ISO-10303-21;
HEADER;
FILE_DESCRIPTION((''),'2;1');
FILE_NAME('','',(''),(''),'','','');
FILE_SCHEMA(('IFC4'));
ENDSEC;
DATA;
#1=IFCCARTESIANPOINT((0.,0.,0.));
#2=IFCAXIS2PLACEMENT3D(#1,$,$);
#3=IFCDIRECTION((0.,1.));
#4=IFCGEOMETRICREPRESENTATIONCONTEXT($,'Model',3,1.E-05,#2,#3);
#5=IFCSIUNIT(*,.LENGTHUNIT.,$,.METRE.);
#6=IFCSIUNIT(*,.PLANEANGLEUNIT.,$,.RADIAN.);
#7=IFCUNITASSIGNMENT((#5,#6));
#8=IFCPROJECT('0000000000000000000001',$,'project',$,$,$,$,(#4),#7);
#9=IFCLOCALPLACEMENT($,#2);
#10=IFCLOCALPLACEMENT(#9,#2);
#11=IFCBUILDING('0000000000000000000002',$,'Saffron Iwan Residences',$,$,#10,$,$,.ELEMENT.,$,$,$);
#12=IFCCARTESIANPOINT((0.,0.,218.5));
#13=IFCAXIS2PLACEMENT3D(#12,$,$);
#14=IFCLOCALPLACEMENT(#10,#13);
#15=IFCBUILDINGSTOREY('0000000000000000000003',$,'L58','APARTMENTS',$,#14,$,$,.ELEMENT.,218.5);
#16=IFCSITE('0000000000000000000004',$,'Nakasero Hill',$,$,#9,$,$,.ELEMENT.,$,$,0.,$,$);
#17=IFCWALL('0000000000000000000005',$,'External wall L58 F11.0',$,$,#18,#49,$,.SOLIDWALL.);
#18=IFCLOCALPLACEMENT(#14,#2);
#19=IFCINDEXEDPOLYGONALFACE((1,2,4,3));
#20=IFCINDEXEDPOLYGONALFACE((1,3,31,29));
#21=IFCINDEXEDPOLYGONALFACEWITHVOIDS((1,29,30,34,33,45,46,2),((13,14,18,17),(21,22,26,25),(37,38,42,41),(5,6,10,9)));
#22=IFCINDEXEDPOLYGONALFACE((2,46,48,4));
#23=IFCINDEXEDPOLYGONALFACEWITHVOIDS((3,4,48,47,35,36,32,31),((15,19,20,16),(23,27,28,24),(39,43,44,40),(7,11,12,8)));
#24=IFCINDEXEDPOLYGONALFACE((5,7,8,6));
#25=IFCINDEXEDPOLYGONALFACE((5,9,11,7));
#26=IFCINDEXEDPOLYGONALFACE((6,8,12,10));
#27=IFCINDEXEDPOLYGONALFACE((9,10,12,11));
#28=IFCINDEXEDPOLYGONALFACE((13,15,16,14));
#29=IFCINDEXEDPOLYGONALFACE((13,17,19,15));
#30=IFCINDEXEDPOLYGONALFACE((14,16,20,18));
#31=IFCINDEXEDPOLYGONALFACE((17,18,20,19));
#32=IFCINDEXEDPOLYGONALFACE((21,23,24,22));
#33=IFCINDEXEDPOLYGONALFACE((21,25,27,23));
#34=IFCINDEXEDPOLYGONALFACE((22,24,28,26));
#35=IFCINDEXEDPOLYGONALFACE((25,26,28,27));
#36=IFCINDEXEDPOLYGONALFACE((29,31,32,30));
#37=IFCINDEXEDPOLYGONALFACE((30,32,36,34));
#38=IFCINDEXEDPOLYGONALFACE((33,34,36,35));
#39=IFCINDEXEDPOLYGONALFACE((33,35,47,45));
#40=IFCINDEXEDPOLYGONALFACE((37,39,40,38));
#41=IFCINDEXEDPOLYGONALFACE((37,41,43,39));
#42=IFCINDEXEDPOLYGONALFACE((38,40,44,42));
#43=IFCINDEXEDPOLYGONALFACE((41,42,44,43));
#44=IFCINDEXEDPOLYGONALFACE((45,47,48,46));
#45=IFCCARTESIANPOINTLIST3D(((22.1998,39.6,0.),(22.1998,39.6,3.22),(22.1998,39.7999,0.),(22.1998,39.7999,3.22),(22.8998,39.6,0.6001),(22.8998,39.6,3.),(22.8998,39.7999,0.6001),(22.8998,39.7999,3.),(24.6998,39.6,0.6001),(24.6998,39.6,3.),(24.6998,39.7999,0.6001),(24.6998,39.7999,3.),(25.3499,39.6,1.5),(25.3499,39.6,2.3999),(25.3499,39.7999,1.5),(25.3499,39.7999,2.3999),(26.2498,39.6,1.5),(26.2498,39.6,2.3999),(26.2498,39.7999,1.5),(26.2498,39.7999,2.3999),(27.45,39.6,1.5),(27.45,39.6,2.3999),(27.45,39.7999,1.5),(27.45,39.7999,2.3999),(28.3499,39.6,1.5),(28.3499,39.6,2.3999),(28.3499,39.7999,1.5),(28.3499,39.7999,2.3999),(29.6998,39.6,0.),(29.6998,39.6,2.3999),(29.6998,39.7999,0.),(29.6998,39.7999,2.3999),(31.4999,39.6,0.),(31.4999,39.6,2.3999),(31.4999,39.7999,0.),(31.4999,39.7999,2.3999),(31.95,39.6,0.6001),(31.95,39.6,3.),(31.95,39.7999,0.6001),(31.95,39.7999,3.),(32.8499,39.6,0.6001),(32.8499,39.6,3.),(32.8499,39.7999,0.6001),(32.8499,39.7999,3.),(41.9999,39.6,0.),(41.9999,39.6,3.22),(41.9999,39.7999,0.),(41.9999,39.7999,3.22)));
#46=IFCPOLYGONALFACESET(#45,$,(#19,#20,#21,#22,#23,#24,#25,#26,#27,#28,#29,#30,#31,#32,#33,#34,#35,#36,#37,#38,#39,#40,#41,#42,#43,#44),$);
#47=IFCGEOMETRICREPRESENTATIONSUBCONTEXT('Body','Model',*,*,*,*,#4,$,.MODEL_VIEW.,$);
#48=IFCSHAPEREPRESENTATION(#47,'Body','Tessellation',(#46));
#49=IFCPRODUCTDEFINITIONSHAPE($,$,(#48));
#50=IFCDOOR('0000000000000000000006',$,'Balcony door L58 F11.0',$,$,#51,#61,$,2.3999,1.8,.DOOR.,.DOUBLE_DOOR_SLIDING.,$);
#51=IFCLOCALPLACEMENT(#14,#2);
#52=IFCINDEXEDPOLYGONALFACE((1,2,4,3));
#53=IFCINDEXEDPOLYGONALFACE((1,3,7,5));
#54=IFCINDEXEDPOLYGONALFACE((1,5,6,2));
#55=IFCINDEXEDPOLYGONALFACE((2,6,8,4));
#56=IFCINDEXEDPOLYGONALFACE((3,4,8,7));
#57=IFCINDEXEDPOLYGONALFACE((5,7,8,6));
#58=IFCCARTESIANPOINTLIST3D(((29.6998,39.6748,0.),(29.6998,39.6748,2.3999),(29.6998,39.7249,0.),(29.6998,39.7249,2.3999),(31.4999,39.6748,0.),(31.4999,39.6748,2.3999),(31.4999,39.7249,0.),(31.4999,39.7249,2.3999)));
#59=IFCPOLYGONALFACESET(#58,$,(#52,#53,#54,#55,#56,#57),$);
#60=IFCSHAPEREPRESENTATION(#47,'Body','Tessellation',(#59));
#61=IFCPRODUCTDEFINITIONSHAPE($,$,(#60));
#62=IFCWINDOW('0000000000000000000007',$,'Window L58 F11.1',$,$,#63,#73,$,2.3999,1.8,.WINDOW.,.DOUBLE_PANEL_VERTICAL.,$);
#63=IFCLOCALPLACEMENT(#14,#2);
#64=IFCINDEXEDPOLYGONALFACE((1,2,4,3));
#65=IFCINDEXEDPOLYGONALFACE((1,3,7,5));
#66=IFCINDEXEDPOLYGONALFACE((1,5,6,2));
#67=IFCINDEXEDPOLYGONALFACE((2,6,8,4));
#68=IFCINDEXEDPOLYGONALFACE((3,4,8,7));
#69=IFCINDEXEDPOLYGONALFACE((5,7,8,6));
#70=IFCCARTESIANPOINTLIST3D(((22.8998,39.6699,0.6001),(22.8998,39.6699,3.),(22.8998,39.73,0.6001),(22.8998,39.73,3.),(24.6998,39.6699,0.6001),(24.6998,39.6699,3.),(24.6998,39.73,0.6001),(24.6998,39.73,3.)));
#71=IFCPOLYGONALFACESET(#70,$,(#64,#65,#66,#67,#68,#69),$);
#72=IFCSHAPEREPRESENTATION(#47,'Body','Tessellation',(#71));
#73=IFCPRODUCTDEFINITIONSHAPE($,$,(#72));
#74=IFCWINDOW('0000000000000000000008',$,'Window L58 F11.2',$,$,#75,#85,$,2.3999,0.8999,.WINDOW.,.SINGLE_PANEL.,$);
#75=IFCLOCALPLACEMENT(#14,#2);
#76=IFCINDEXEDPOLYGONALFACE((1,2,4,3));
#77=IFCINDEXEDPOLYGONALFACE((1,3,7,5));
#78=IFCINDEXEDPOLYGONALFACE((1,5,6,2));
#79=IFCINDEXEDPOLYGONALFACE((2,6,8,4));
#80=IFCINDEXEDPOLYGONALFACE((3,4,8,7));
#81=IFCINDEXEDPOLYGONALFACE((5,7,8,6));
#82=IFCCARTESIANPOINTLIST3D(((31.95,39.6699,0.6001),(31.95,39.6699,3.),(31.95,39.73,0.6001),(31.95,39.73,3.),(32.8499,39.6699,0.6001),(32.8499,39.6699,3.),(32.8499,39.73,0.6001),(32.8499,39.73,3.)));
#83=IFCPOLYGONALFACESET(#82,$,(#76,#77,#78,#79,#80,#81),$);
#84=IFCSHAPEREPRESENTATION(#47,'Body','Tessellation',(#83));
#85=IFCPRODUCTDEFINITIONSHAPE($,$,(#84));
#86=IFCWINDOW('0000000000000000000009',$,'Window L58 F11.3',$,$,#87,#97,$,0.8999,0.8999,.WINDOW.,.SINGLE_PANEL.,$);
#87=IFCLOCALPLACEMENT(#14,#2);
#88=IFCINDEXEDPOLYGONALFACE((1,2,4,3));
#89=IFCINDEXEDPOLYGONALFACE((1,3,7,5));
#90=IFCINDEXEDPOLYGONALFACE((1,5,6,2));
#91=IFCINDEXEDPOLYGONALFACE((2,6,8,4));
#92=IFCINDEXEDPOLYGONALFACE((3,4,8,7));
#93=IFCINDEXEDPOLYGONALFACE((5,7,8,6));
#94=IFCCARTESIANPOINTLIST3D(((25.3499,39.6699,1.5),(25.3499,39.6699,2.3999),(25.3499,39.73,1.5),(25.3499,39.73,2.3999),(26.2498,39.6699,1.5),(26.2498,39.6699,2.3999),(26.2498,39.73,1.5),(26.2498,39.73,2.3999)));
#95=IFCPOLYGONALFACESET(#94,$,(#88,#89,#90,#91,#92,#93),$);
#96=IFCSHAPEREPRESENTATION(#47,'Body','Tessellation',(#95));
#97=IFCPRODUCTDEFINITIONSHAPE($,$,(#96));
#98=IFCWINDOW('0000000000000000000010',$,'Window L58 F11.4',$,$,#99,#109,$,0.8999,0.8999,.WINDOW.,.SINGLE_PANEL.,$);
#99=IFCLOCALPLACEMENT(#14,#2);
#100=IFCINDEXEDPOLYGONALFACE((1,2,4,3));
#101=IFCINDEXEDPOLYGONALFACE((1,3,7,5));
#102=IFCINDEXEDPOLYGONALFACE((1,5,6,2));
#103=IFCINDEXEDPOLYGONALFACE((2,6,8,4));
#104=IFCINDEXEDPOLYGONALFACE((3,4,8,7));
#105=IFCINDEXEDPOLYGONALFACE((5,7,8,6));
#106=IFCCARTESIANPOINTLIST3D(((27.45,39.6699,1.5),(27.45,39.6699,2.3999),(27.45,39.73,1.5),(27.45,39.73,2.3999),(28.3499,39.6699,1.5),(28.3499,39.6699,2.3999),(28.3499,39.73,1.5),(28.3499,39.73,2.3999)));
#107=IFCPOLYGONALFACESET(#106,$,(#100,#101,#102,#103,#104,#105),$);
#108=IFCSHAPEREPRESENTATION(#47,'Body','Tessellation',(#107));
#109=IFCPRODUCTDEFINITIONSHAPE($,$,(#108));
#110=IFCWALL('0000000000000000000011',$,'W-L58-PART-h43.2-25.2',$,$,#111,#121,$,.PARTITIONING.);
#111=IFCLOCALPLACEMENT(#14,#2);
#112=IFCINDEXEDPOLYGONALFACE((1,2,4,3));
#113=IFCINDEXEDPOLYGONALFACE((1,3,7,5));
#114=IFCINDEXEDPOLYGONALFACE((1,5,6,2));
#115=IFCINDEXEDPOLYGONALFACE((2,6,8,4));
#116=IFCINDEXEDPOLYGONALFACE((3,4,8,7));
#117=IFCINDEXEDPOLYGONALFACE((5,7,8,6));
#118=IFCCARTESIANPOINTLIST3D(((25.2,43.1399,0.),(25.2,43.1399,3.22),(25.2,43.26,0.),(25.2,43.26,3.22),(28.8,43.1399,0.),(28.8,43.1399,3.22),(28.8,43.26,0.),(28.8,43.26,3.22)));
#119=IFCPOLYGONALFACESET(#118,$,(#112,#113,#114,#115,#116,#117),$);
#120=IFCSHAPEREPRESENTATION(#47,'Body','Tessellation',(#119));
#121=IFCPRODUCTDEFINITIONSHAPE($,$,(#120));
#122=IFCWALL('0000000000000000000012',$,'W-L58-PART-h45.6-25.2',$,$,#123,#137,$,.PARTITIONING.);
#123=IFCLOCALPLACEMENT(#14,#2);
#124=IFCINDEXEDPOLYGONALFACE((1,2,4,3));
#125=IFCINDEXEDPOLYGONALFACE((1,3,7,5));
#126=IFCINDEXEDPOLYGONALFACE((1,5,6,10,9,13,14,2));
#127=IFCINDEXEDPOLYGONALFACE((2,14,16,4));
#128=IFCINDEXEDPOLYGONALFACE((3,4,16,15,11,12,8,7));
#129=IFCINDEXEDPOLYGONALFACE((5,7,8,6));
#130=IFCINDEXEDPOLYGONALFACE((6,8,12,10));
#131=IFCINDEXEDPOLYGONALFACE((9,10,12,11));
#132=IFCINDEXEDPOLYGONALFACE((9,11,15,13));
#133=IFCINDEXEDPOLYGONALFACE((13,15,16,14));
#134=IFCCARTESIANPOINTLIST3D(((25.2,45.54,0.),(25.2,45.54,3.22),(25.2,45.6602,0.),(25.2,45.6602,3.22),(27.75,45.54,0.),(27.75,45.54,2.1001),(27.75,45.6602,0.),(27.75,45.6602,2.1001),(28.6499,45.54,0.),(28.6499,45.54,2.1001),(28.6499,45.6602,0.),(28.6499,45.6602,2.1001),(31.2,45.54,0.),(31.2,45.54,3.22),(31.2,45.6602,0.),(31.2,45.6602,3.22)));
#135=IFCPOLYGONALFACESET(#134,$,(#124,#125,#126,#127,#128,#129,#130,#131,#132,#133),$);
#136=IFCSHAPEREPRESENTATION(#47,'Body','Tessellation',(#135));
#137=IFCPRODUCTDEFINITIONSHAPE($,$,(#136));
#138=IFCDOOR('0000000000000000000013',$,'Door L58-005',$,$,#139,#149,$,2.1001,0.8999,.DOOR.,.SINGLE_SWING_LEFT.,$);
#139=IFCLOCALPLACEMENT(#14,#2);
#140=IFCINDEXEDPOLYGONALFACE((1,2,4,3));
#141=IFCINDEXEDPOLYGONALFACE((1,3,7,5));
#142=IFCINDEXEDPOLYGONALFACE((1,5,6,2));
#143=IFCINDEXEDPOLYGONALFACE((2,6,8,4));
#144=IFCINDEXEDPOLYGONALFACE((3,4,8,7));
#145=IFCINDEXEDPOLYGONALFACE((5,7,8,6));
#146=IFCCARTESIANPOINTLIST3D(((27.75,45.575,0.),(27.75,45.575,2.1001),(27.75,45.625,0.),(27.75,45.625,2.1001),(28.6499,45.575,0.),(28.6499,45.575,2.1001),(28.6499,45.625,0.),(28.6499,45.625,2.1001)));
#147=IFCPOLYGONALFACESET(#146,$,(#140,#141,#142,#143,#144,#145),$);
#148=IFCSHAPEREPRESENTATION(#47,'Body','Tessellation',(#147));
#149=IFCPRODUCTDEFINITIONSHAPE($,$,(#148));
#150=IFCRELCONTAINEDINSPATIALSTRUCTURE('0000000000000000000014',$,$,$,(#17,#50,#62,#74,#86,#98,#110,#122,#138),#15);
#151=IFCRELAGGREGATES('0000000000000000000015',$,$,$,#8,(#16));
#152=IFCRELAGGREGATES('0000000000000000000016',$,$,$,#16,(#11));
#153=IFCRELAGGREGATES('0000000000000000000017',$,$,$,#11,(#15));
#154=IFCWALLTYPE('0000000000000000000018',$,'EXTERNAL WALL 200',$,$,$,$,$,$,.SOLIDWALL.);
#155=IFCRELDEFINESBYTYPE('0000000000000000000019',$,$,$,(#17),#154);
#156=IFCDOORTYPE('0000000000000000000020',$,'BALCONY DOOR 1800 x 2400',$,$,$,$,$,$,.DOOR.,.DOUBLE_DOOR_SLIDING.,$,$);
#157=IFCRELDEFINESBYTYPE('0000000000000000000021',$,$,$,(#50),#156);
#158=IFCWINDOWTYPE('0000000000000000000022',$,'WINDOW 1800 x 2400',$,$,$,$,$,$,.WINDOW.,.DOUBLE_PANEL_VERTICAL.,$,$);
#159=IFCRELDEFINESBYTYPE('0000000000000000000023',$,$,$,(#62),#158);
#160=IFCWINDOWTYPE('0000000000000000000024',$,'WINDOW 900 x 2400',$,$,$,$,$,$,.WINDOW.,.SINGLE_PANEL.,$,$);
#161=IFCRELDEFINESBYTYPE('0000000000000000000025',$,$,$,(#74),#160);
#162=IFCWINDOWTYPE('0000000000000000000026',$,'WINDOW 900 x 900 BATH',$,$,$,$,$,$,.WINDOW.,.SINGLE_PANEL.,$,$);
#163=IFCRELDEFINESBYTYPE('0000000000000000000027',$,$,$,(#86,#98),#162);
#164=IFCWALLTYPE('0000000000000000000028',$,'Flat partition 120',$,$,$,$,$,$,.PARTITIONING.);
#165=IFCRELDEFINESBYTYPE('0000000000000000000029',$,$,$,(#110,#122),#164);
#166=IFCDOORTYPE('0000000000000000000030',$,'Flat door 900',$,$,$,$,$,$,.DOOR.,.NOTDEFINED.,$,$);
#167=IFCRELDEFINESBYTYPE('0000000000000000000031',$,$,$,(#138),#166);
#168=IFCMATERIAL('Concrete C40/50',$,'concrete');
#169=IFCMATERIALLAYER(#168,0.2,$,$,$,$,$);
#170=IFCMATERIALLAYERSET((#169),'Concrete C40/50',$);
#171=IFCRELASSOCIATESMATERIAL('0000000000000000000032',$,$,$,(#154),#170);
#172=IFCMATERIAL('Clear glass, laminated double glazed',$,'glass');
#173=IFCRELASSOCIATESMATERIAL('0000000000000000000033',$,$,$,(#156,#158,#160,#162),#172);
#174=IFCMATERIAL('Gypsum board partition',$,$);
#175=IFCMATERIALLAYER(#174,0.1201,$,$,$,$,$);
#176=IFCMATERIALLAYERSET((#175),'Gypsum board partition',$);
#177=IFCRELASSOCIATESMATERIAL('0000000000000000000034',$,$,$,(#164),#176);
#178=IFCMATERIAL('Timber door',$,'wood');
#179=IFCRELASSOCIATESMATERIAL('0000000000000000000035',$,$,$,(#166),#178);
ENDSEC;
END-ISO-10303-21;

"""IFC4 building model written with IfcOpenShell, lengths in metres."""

from ifc_helpers import new_model, si_unit, direction, frame, frame_2d, origin, place, context, subcontext, project, spatial, rectangle, extrude, material, layer, layer_set, type_object, element, fill, save


model = new_model("IFC4")

# Units and contexts
model_context = context("Model", 3, precision=1e-05, world=origin(), true_north=direction((0.0, 1.0)))
body_context = subcontext(model_context, "Body", "Model", "MODEL_VIEW")
ifc_project = project(units=[si_unit("LENGTHUNIT", "METRE"), si_unit("PLANEANGLEUNIT", "RADIAN")], contexts=[model_context])

# Site, building, storey
site_placement = place(None, origin())
site = spatial("IfcSite", under=ifc_project, at=site_placement, Name="Nakasero Hill", CompositionType="ELEMENT", RefElevation=0.0)
building_placement = place(site_placement, origin())
building = spatial("IfcBuilding", under=site, at=building_placement, Name="Saffron Iwan Residences", CompositionType="ELEMENT")
storey_placement = place(building_placement, frame((0.0, 0.0, 218.5)))
storey = spatial("IfcBuildingStorey", under=building, at=storey_placement, Name="L58", Description="APARTMENTS", CompositionType="ELEMENT", Elevation=218.5)

# Shared definitions
ifc_material_1 = material(Name="Concrete C40/50", Category="concrete")

# Shared definitions
ifc_layer_1 = layer(ifc_material_1, 0.2)
ifc_layer_set_1 = layer_set([ifc_layer_1], Name="Concrete C40/50")
wall_type_1 = type_object("IfcWallType", Name="EXTERNAL WALL 200", PredefinedType="SOLIDWALL", material=ifc_layer_set_1)
ifc_material_2 = material(Name="Clear glass, laminated double glazed", Category="glass")

# Wall, openings, door, windows
wall_1_placement = place(storey_placement, frame((22.2, 39.7, 0.0), z_axis=(0.0, 0.0, 1.0), x_axis=(1.0, 0.0, 0.0)))
wall_1 = element("IfcWall", 1, at=wall_1_placement, inside=storey, type_object=wall_type_1, Name="External wall L58 F11.0", PredefinedType="SOLIDWALL", context=body_context, shape_type="SweptSolid", body=[
    extrude(rectangle(XDim=19.8, YDim=0.2, at=frame_2d((9.8999, 0.0))), origin(), (0.0, 0.0, 1.0), 3.22),
])
opening_1_placement = place(wall_1_placement, frame((7.5, 0.0, 0.0)))
opening_1 = element("IfcOpeningElement", 2, at=opening_1_placement, cuts=wall_1, PredefinedType="OPENING", context=body_context, shape_type="SweptSolid", body=[
    extrude(rectangle(XDim=1.8, YDim=2.3999, at=frame_2d((0.8999, 1.2))), frame((0.0, 0.1099, 0.0), z_axis=(0.0, -1.0, 0.0), x_axis=(1.0, 0.0, 0.0)), (0.0, 0.0, 1.0), 0.22),
])
opening_2_placement = place(wall_1_placement, frame((0.7, 0.0, 0.6001)))
opening_2 = element("IfcOpeningElement", 3, at=opening_2_placement, cuts=wall_1, PredefinedType="OPENING", context=body_context, shape_type="SweptSolid", body=[
    extrude(rectangle(XDim=1.8, YDim=2.3999, at=frame_2d((0.8999, 1.2))), frame((0.0, 0.1099, 0.0), z_axis=(0.0, -1.0, 0.0), x_axis=(1.0, 0.0, 0.0)), (0.0, 0.0, 1.0), 0.22),
])
opening_3_placement = place(wall_1_placement, frame((9.75, 0.0, 0.6001)))
opening_3 = element("IfcOpeningElement", 4, at=opening_3_placement, cuts=wall_1, PredefinedType="OPENING", context=body_context, shape_type="SweptSolid", body=[
    extrude(rectangle(XDim=0.8999, YDim=2.3999, at=frame_2d((0.45, 1.2))), frame((0.0, 0.1099, 0.0), z_axis=(0.0, -1.0, 0.0), x_axis=(1.0, 0.0, 0.0)), (0.0, 0.0, 1.0), 0.22),
])
opening_4_placement = place(wall_1_placement, frame((3.1499, 0.0, 1.5)))
opening_4 = element("IfcOpeningElement", 5, at=opening_4_placement, cuts=wall_1, PredefinedType="OPENING", context=body_context, shape_type="SweptSolid", body=[
    extrude(rectangle(XDim=0.8999, YDim=0.8999, at=frame_2d((0.45, 0.45))), frame((0.0, 0.1099, 0.0), z_axis=(0.0, -1.0, 0.0), x_axis=(1.0, 0.0, 0.0)), (0.0, 0.0, 1.0), 0.22),
])
opening_5_placement = place(wall_1_placement, frame((5.25, 0.0, 1.5)))
opening_5 = element("IfcOpeningElement", 6, at=opening_5_placement, cuts=wall_1, PredefinedType="OPENING", context=body_context, shape_type="SweptSolid", body=[
    extrude(rectangle(XDim=0.8999, YDim=0.8999, at=frame_2d((0.45, 0.45))), frame((0.0, 0.1099, 0.0), z_axis=(0.0, -1.0, 0.0), x_axis=(1.0, 0.0, 0.0)), (0.0, 0.0, 1.0), 0.22),
])
door_type_1 = type_object("IfcDoorType", Name="BALCONY DOOR 1800 x 2400", OperationType="DOUBLE_DOOR_SLIDING", PredefinedType="DOOR", material=ifc_material_2)
door_1_placement = place(opening_1_placement, origin())
door_1 = element("IfcDoor", 7, at=door_1_placement, inside=storey, type_object=door_type_1, Name="Balcony door L58 F11.0", OperationType="DOUBLE_DOOR_SLIDING", OverallHeight=2.3999, OverallWidth=1.8, PredefinedType="DOOR", context=body_context, shape_type="SweptSolid", body=[
    extrude(rectangle(XDim=1.8, YDim=2.3999, at=frame_2d((0.8999, 1.2))), frame((0.0, 0.0249, 0.0), z_axis=(0.0, -1.0, 0.0), x_axis=(1.0, 0.0, 0.0)), (0.0, 0.0, 1.0), 0.05),
])
fill(opening_1, door_1)
window_type_1 = type_object("IfcWindowType", Name="WINDOW 1800 x 2400", PartitioningType="DOUBLE_PANEL_VERTICAL", PredefinedType="WINDOW", material=ifc_material_2)
window_1_placement = place(opening_2_placement, origin())
window_1 = element("IfcWindow", 8, at=window_1_placement, inside=storey, type_object=window_type_1, Name="Window L58 F11.1", OverallHeight=2.3999, OverallWidth=1.8, PartitioningType="DOUBLE_PANEL_VERTICAL", PredefinedType="WINDOW", context=body_context, shape_type="SweptSolid", body=[
    extrude(rectangle(XDim=1.8, YDim=2.3999, at=frame_2d((0.8999, 1.2))), frame((0.0, 0.03, 0.0), z_axis=(0.0, -1.0, 0.0), x_axis=(1.0, 0.0, 0.0)), (0.0, 0.0, 1.0), 0.0601),
])
fill(opening_2, window_1)
window_type_2 = type_object("IfcWindowType", Name="WINDOW 900 x 2400", PartitioningType="SINGLE_PANEL", PredefinedType="WINDOW", material=ifc_material_2)
window_2_placement = place(opening_3_placement, origin())
window_2 = element("IfcWindow", 9, at=window_2_placement, inside=storey, type_object=window_type_2, Name="Window L58 F11.2", OverallHeight=2.3999, OverallWidth=0.8999, PartitioningType="SINGLE_PANEL", PredefinedType="WINDOW", context=body_context, shape_type="SweptSolid", body=[
    extrude(rectangle(XDim=0.8999, YDim=2.3999, at=frame_2d((0.45, 1.2))), frame((0.0, 0.03, 0.0), z_axis=(0.0, -1.0, 0.0), x_axis=(1.0, 0.0, 0.0)), (0.0, 0.0, 1.0), 0.0601),
])
fill(opening_3, window_2)
window_type_3 = type_object("IfcWindowType", Name="WINDOW 900 x 900 BATH", PartitioningType="SINGLE_PANEL", PredefinedType="WINDOW", material=ifc_material_2)
window_3_placement = place(opening_4_placement, origin())
window_3 = element("IfcWindow", 10, at=window_3_placement, inside=storey, type_object=window_type_3, Name="Window L58 F11.3", OverallHeight=0.8999, OverallWidth=0.8999, PartitioningType="SINGLE_PANEL", PredefinedType="WINDOW", context=body_context, shape_type="SweptSolid", body=[
    extrude(rectangle(XDim=0.8999, YDim=0.8999, at=frame_2d((0.45, 0.45))), frame((0.0, 0.03, 0.0), z_axis=(0.0, -1.0, 0.0), x_axis=(1.0, 0.0, 0.0)), (0.0, 0.0, 1.0), 0.0601),
])
fill(opening_4, window_3)
window_4_placement = place(opening_5_placement, origin())
window_4 = element("IfcWindow", 11, at=window_4_placement, inside=storey, type_object=window_type_3, Name="Window L58 F11.4", OverallHeight=0.8999, OverallWidth=0.8999, PartitioningType="SINGLE_PANEL", PredefinedType="WINDOW", context=body_context, shape_type="SweptSolid", body=[
    extrude(rectangle(XDim=0.8999, YDim=0.8999, at=frame_2d((0.45, 0.45))), frame((0.0, 0.03, 0.0), z_axis=(0.0, -1.0, 0.0), x_axis=(1.0, 0.0, 0.0)), (0.0, 0.0, 1.0), 0.0601),
])
fill(opening_5, window_4)

# Wall
ifc_material_3 = material(Name="Gypsum board partition")
ifc_layer_2 = layer(ifc_material_3, 0.1201)
ifc_layer_set_2 = layer_set([ifc_layer_2], Name="Gypsum board partition")
wall_type_2 = type_object("IfcWallType", Name="Flat partition 120", PredefinedType="PARTITIONING", material=ifc_layer_set_2)
wall_2_placement = place(storey_placement, frame((25.2, 43.2, 0.0), z_axis=(0.0, 0.0, 1.0), x_axis=(1.0, 0.0, 0.0)))
element("IfcWall", 12, at=wall_2_placement, inside=storey, type_object=wall_type_2, Name="W-L58-PART-h43.2-25.2", PredefinedType="PARTITIONING", context=body_context, shape_type="SweptSolid", body=[
    extrude(rectangle(XDim=3.6001, YDim=0.1201, at=frame_2d((1.8, 0.0))), origin(), (0.0, 0.0, 1.0), 3.22),
])

# Wall, opening, door
wall_3_placement = place(storey_placement, frame((25.2, 45.6001, 0.0), z_axis=(0.0, 0.0, 1.0), x_axis=(1.0, 0.0, 0.0)))
wall_3 = element("IfcWall", 13, at=wall_3_placement, inside=storey, type_object=wall_type_2, Name="W-L58-PART-h45.6-25.2", PredefinedType="PARTITIONING", context=body_context, shape_type="SweptSolid", body=[
    extrude(rectangle(XDim=6.0, YDim=0.1201, at=frame_2d((3.0, 0.0))), origin(), (0.0, 0.0, 1.0), 3.22),
])
opening_6_placement = place(wall_3_placement, frame((2.55, 0.0, 0.0)))
opening_6 = element("IfcOpeningElement", 14, at=opening_6_placement, cuts=wall_3, PredefinedType="OPENING", context=body_context, shape_type="SweptSolid", body=[
    extrude(rectangle(XDim=0.8999, YDim=2.1001, at=frame_2d((0.45, 1.05))), frame((0.0, 0.0701, 0.0), z_axis=(0.0, -1.0, 0.0), x_axis=(1.0, 0.0, 0.0)), (0.0, 0.0, 1.0), 0.1401),
])
ifc_material_4 = material(Name="Timber door", Category="wood")
door_type_2 = type_object("IfcDoorType", Name="Flat door 900", OperationType="NOTDEFINED", PredefinedType="DOOR", material=ifc_material_4)
door_2_placement = place(opening_6_placement, origin())
door_2 = element("IfcDoor", 15, at=door_2_placement, inside=storey, type_object=door_type_2, Name="Door L58-005", OperationType="SINGLE_SWING_LEFT", OverallHeight=2.1001, OverallWidth=0.8999, PredefinedType="DOOR", context=body_context, shape_type="SweptSolid", body=[
    extrude(rectangle(XDim=0.8999, YDim=2.1001, at=frame_2d((0.45, 1.05))), frame((0.0, 0.0249, 0.0), z_axis=(0.0, -1.0, 0.0), x_axis=(1.0, 0.0, 0.0)), (0.0, 0.0, 1.0), 0.05),
])
fill(opening_6, door_2)

save(model, "model.ifc")
